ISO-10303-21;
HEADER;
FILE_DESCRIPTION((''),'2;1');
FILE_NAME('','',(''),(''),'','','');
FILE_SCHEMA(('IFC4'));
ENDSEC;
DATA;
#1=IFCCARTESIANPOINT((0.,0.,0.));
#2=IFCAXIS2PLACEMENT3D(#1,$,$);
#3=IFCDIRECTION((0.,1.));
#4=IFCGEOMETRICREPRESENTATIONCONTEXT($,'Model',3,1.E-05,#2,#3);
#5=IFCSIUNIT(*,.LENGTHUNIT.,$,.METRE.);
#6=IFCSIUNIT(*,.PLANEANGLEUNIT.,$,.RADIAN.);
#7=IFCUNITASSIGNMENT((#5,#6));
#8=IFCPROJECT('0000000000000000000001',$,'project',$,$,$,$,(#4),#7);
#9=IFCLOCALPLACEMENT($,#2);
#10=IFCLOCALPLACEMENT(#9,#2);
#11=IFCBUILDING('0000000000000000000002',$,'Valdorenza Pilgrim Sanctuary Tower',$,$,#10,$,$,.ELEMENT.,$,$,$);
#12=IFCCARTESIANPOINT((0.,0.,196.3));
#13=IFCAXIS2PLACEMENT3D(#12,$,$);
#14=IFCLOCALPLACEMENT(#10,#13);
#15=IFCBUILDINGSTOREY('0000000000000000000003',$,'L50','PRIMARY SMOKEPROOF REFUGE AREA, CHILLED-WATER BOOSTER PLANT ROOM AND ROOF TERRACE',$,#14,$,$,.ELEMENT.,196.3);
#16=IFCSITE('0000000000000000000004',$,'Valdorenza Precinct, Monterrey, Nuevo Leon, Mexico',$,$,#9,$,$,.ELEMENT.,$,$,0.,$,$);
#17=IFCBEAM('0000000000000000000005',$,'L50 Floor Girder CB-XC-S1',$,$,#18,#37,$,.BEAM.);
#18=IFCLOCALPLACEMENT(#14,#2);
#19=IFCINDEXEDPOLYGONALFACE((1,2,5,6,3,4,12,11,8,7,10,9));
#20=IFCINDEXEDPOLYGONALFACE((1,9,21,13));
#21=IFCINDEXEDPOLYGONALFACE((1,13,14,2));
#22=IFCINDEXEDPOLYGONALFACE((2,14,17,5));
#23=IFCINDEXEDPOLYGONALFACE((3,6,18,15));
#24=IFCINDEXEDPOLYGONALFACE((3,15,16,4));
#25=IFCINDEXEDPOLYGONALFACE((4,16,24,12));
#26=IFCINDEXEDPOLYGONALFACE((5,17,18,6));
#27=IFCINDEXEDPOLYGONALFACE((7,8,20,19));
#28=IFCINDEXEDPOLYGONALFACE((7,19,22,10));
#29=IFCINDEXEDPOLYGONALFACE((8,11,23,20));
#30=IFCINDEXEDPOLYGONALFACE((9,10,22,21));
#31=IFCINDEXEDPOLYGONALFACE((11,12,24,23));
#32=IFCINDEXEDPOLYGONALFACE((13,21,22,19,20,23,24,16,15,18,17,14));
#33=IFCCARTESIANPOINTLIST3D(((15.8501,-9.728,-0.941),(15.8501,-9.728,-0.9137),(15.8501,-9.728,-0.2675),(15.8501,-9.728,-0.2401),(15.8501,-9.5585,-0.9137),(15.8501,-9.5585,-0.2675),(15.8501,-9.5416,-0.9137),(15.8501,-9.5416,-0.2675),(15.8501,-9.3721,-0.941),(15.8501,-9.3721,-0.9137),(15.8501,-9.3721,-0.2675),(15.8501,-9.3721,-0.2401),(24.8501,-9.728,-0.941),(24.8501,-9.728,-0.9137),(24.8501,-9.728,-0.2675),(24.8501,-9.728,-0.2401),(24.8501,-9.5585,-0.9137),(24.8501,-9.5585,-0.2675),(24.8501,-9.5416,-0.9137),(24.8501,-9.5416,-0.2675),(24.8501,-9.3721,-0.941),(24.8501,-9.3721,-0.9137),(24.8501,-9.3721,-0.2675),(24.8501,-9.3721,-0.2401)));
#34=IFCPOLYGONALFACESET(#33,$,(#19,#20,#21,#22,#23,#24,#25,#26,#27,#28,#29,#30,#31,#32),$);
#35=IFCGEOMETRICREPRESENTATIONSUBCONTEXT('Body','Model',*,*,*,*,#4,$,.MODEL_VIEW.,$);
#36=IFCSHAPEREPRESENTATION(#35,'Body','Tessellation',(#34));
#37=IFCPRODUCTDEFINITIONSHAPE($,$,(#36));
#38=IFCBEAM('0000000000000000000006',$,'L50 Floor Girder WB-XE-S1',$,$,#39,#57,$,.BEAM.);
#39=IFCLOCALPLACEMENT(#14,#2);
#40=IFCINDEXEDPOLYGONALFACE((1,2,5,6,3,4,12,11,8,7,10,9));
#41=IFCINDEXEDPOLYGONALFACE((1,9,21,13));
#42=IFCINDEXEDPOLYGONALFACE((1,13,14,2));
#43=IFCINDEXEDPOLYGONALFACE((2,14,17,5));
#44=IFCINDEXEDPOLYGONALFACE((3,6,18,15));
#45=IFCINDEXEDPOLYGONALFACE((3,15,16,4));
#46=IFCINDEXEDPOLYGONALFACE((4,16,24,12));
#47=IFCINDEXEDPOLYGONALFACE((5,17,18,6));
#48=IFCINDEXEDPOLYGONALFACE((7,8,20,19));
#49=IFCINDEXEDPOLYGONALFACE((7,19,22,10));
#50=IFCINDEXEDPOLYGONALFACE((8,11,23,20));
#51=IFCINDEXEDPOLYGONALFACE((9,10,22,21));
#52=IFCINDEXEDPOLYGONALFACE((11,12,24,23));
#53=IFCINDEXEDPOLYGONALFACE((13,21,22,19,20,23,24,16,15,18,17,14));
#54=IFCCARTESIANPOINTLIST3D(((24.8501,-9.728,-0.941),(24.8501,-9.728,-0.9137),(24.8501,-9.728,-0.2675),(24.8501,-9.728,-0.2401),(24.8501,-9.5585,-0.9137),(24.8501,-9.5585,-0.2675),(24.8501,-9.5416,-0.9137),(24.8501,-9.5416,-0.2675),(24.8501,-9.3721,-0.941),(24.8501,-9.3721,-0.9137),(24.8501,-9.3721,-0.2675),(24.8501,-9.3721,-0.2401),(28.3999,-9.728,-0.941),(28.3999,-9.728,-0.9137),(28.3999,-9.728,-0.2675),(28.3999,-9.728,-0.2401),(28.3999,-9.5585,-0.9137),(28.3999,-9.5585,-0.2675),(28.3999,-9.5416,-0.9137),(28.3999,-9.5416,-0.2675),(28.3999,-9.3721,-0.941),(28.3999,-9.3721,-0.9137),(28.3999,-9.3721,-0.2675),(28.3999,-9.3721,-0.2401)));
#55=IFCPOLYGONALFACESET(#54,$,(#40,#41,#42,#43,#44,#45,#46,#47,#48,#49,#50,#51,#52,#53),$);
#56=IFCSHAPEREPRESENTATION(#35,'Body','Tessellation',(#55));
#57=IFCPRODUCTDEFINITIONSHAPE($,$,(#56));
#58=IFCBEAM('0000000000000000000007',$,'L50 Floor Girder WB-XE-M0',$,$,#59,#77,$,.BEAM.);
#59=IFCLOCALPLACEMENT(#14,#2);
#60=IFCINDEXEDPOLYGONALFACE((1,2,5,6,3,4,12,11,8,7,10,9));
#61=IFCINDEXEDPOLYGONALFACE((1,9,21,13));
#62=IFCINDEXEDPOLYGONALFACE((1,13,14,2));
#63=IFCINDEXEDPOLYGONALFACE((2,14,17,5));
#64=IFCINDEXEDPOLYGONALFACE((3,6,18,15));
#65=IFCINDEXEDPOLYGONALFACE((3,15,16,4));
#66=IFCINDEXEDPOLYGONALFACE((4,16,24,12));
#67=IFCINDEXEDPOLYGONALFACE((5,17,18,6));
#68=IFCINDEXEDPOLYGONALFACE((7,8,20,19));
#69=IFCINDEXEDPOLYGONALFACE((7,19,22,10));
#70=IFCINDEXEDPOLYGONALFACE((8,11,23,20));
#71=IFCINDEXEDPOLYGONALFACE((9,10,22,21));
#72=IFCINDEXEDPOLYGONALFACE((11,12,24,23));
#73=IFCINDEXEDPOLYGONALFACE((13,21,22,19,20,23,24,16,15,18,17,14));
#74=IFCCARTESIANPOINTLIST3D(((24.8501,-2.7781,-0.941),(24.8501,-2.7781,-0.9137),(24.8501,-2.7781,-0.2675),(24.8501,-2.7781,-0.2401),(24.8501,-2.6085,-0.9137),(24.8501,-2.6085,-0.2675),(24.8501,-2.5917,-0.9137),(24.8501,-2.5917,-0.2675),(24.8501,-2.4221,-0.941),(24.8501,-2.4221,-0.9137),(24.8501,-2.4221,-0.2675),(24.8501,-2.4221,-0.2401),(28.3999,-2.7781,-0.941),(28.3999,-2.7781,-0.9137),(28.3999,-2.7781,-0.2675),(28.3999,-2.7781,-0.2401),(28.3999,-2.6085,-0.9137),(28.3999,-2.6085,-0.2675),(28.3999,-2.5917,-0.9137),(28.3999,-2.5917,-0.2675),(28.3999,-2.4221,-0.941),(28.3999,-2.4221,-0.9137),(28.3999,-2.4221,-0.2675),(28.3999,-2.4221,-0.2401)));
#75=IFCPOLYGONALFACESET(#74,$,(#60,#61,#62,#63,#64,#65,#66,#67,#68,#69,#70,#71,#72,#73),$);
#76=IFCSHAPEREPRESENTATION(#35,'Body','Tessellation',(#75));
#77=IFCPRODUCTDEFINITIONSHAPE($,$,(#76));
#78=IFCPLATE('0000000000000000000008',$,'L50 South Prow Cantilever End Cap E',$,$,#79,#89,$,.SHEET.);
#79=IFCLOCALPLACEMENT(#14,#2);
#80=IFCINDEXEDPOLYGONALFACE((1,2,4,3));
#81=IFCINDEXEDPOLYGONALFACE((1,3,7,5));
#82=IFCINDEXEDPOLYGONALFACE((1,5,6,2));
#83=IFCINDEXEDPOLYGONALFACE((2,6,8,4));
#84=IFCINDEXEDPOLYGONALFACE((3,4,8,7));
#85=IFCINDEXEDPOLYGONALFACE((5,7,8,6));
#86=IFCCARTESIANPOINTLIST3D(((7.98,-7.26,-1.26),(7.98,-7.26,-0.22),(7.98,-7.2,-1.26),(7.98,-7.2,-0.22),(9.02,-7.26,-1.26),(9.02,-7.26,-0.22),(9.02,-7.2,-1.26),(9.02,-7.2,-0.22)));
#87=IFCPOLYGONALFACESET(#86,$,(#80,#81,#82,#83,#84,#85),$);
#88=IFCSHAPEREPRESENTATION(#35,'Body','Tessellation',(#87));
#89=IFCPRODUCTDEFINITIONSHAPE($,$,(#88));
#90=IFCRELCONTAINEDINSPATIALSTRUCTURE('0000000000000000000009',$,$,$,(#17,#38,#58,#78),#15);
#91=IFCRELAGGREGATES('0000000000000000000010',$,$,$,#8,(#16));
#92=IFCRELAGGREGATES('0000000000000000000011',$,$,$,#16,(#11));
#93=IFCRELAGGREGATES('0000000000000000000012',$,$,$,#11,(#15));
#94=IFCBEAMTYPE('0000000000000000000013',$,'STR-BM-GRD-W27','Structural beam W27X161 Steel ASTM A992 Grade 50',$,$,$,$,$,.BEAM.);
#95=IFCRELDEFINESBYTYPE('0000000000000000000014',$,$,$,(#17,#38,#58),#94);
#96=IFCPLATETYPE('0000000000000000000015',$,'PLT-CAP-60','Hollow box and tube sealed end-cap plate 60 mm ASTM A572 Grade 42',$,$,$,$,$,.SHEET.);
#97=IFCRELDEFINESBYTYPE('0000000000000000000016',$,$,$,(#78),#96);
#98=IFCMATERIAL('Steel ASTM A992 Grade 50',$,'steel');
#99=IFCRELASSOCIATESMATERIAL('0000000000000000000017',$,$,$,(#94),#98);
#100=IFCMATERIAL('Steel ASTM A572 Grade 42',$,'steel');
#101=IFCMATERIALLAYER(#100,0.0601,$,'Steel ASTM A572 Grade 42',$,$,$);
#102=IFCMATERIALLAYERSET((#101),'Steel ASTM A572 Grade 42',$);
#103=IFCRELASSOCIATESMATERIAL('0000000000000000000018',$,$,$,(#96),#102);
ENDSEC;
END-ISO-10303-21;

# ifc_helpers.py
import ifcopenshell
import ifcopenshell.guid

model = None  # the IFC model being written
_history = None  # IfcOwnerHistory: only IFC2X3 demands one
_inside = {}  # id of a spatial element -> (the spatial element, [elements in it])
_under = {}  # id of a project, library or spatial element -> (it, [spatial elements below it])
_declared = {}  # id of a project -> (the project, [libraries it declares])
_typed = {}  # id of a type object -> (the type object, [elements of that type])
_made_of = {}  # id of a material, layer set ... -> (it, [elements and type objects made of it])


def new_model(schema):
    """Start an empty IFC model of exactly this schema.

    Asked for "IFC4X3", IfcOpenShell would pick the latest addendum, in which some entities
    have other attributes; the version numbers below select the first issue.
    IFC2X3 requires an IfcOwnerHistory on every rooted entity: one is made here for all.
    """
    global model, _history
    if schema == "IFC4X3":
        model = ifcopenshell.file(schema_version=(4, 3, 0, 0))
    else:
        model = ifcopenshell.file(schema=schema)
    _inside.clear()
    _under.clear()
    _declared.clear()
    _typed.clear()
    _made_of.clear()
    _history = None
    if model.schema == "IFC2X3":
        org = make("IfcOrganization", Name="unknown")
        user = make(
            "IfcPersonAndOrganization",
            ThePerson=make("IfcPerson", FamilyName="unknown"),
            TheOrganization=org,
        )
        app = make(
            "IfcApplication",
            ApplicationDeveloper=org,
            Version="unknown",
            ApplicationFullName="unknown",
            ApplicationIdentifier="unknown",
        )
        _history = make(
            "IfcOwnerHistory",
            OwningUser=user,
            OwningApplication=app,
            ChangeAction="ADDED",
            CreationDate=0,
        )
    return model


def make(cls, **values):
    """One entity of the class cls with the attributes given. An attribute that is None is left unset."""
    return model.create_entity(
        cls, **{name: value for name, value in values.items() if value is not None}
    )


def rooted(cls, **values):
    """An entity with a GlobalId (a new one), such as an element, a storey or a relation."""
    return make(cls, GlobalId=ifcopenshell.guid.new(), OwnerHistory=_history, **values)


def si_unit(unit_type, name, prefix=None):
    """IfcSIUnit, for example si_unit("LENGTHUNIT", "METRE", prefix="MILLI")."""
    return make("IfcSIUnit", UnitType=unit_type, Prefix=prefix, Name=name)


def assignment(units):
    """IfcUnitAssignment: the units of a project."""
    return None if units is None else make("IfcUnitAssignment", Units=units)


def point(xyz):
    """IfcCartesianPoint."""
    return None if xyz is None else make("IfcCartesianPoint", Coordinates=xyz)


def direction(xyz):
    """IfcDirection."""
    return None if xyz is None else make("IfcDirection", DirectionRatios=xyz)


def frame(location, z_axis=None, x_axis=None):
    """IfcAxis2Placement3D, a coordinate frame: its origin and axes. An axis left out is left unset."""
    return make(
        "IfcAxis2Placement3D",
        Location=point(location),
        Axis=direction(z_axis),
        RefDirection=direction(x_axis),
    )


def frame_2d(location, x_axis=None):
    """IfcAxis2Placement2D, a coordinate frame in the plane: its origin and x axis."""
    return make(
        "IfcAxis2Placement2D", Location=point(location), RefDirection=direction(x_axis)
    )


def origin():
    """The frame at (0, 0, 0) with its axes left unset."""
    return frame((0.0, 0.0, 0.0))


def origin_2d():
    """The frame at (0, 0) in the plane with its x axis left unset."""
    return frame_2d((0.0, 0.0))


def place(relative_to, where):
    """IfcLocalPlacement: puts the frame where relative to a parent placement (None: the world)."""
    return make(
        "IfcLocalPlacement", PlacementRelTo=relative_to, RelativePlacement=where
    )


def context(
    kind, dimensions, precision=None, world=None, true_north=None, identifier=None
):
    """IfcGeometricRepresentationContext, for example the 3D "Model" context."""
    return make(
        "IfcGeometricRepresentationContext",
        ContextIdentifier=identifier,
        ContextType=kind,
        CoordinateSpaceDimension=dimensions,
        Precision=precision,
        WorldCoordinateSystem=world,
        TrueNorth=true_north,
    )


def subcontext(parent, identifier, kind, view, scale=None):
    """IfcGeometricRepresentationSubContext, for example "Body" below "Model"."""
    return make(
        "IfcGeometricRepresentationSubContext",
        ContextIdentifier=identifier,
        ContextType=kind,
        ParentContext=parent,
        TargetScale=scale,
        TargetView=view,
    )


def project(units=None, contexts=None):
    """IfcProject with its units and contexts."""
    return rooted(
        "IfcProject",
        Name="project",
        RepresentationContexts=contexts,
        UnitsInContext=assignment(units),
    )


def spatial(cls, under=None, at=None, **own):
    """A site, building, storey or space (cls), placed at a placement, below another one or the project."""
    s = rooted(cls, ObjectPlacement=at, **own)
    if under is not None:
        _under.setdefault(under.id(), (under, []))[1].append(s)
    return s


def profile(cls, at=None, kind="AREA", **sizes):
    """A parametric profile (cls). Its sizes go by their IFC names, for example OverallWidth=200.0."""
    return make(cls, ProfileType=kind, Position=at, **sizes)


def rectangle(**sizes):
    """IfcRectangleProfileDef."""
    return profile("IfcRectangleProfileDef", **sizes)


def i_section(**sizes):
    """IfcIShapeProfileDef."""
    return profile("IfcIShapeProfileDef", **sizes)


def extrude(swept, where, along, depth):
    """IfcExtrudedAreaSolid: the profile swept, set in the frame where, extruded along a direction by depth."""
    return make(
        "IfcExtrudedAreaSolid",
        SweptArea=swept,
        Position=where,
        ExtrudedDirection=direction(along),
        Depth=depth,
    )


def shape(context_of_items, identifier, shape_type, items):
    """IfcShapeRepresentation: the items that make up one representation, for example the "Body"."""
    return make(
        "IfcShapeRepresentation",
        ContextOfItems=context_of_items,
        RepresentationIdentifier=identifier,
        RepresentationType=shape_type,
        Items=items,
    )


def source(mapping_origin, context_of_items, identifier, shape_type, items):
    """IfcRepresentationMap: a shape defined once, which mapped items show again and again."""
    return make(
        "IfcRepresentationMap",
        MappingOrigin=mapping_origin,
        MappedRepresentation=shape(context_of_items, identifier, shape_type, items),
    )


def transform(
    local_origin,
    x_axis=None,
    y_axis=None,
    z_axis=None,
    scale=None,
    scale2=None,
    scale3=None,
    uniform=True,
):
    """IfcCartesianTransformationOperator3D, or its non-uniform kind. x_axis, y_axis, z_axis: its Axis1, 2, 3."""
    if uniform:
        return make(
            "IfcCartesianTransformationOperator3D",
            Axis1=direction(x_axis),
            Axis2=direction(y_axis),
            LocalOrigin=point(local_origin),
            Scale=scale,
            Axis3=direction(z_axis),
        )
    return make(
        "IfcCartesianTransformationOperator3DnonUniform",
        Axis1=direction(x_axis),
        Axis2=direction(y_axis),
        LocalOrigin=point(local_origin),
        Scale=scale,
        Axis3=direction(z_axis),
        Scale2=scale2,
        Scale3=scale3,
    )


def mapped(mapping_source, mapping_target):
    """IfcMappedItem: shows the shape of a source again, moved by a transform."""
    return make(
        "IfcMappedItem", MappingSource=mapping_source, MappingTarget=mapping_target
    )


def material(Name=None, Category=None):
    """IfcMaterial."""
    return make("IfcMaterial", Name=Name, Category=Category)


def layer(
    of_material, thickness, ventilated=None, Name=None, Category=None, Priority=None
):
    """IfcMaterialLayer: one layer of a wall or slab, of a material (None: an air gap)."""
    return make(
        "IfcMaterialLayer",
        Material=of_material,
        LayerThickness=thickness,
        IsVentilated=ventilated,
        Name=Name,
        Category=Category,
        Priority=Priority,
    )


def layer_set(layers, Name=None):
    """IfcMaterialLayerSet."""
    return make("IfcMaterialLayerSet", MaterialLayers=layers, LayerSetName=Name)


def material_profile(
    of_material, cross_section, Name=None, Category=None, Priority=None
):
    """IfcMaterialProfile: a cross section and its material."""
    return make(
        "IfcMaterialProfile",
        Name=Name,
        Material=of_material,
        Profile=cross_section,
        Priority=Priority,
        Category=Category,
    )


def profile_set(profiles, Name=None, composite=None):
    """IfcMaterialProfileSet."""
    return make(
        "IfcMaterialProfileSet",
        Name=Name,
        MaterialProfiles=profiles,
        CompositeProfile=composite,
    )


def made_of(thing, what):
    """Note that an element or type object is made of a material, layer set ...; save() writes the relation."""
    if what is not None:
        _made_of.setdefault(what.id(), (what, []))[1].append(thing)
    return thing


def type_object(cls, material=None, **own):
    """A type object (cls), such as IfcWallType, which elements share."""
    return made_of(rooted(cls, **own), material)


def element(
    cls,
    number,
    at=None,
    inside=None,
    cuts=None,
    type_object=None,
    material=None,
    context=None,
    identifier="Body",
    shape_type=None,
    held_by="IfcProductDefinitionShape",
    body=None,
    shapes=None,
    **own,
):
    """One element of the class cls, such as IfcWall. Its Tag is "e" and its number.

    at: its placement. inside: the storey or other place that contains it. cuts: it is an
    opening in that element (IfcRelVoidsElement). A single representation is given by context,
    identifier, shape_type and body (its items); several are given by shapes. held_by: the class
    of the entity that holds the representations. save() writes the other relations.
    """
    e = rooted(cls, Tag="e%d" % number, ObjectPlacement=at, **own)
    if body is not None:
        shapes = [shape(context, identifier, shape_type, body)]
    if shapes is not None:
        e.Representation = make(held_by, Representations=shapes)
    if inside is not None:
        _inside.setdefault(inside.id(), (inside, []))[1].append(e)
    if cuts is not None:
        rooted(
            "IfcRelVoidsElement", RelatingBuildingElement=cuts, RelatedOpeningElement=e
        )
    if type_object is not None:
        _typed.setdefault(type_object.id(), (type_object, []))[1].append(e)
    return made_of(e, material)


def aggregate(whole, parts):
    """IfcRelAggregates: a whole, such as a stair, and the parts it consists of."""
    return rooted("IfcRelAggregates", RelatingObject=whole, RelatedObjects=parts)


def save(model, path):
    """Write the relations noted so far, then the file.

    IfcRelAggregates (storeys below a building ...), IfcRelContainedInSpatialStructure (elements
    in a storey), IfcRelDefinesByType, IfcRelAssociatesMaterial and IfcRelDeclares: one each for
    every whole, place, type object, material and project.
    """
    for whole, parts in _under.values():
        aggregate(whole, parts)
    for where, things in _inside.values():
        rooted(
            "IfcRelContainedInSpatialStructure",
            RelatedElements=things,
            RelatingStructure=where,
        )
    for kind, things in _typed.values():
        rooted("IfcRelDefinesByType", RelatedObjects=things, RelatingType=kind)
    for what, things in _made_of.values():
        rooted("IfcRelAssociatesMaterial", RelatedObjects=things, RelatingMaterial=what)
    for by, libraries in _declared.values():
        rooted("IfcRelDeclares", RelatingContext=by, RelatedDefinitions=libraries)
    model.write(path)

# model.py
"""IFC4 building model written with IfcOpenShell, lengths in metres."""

from ifc_helpers import new_model, si_unit, direction, frame, origin, origin_2d, place, context, subcontext, project, spatial, rectangle, i_section, extrude, source, transform, mapped, material, layer, layer_set, material_profile, profile_set, type_object, element, save


model = new_model("IFC4")

# Units and contexts
model_context = context("Model", 3, precision=1e-05, world=origin(), true_north=direction((0.0, 1.0)))
body_context = subcontext(model_context, "Body", "Model", "MODEL_VIEW")
ifc_project = project(units=[si_unit("LENGTHUNIT", "METRE"), si_unit("PLANEANGLEUNIT", "RADIAN")], contexts=[model_context])

# Site, building, storey
site_placement = place(None, origin())
site = spatial("IfcSite", under=ifc_project, at=site_placement, Name="Valdorenza Precinct, Monterrey, Nuevo Leon, Mexico", CompositionType="ELEMENT", RefElevation=0.0)
building_placement = place(site_placement, origin())
building = spatial("IfcBuilding", under=site, at=building_placement, Name="Valdorenza Pilgrim Sanctuary Tower", CompositionType="ELEMENT")
storey_placement = place(building_placement, frame((0.0, 0.0, 196.3)))
storey = spatial("IfcBuildingStorey", under=building, at=storey_placement, Name="L50", Description="PRIMARY SMOKEPROOF REFUGE AREA, CHILLED-WATER BOOSTER PLANT ROOM AND ROOF TERRACE", CompositionType="ELEMENT", Elevation=196.3)

# Beams
ifc_material_1 = material(Name="Steel ASTM A992 Grade 50", Category="steel")
ifc_material_2 = material(Name="Steel ASTM A572 Grade 42", Category="steel")
ifc_material_profile_1 = material_profile(ifc_material_1, i_section(OverallWidth=0.356, OverallDepth=0.7009, WebThickness=0.0168, FlangeThickness=0.0273, at=origin_2d()), Name="W27X161")
ifc_profile_set_1 = profile_set([ifc_material_profile_1], Name="Steel ASTM A992 Grade 50")
beam_type_1 = type_object("IfcBeamType", Name="STR-BM-GRD-W27", Description="Structural beam W27X161 Steel ASTM A992 Grade 50", PredefinedType="BEAM", material=ifc_profile_set_1)
shared_shape_1 = source(origin(), body_context, "Body", "SweptSolid", [
    extrude(i_section(OverallWidth=0.356, OverallDepth=0.7009, WebThickness=0.0168, FlangeThickness=0.0273, at=origin_2d()), origin(), (0.0, 0.0, 1.0), 9.0),
])
beam_1_placement = place(storey_placement, frame((15.8501, -9.55, -0.5906), z_axis=(1.0, 0.0, 0.0), x_axis=(0.0, 1.0, 0.0)))
element("IfcBeam", 1, at=beam_1_placement, inside=storey, type_object=beam_type_1, Name="L50 Floor Girder CB-XC-S1", PredefinedType="BEAM", context=body_context, shape_type="MappedRepresentation", body=[
    mapped(shared_shape_1, transform((0.0, 0.0, 0.0), x_axis=(1.0, 0.0, 0.0), y_axis=(0.0, 1.0, 0.0), z_axis=(0.0, 0.0, 1.0), scale=1.0)),
])
shared_shape_2 = source(origin(), body_context, "Body", "SweptSolid", [
    extrude(i_section(OverallWidth=0.356, OverallDepth=0.7009, WebThickness=0.0168, FlangeThickness=0.0273, at=origin_2d()), origin(), (0.0, 0.0, 1.0), 3.5498),
])
for number, where, z_axis, x_axis, name in (
    (2, (24.8501, -9.55, -0.5906), (1.0, 0.0, 0.0), (0.0, 1.0, 0.0), "L50 Floor Girder WB-XE-S1"),
    (3, (24.8501, -2.6001, -0.5906), (1.0, 0.0, 0.0), (0.0, 1.0, 0.0), "L50 Floor Girder WB-XE-M0"),
):
    element("IfcBeam", number, at=place(storey_placement, frame(where, z_axis=z_axis, x_axis=x_axis)), inside=storey, type_object=beam_type_1, Name=name, PredefinedType="BEAM", context=body_context, shape_type="MappedRepresentation", body=[
        mapped(shared_shape_2, transform((0.0, 0.0, 0.0), x_axis=(1.0, 0.0, 0.0), y_axis=(0.0, 1.0, 0.0), z_axis=(0.0, 0.0, 1.0), scale=1.0)),
    ])

# Plate
ifc_layer = layer(ifc_material_2, 0.0601, Name="Steel ASTM A572 Grade 42")
ifc_layer_set = layer_set([ifc_layer], Name="Steel ASTM A572 Grade 42")
plate_type = type_object("IfcPlateType", Name="PLT-CAP-60", Description="Hollow box and tube sealed end-cap plate 60 mm ASTM A572 Grade 42", PredefinedType="SHEET", material=ifc_layer_set)
shared_shape_3 = source(origin(), body_context, "Body", "SweptSolid", [
    extrude(rectangle(XDim=1.04, YDim=0.0601, at=origin_2d()), origin(), (0.0, 0.0, 1.0), 1.04),
])
plate_placement = place(storey_placement, frame((8.5, -7.23, -1.26), z_axis=(0.0, 0.0, 1.0), x_axis=(1.0, 0.0, 0.0)))
element("IfcPlate", 4, at=plate_placement, inside=storey, type_object=plate_type, Name="L50 South Prow Cantilever End Cap E", PredefinedType="SHEET", context=body_context, shape_type="MappedRepresentation", body=[
    mapped(shared_shape_3, transform((0.0, 0.0, 0.0), x_axis=(1.0, 0.0, 0.0), y_axis=(0.0, 1.0, 0.0), z_axis=(0.0, 0.0, 1.0), scale=1.0)),
])

save(model, "model.ifc")
